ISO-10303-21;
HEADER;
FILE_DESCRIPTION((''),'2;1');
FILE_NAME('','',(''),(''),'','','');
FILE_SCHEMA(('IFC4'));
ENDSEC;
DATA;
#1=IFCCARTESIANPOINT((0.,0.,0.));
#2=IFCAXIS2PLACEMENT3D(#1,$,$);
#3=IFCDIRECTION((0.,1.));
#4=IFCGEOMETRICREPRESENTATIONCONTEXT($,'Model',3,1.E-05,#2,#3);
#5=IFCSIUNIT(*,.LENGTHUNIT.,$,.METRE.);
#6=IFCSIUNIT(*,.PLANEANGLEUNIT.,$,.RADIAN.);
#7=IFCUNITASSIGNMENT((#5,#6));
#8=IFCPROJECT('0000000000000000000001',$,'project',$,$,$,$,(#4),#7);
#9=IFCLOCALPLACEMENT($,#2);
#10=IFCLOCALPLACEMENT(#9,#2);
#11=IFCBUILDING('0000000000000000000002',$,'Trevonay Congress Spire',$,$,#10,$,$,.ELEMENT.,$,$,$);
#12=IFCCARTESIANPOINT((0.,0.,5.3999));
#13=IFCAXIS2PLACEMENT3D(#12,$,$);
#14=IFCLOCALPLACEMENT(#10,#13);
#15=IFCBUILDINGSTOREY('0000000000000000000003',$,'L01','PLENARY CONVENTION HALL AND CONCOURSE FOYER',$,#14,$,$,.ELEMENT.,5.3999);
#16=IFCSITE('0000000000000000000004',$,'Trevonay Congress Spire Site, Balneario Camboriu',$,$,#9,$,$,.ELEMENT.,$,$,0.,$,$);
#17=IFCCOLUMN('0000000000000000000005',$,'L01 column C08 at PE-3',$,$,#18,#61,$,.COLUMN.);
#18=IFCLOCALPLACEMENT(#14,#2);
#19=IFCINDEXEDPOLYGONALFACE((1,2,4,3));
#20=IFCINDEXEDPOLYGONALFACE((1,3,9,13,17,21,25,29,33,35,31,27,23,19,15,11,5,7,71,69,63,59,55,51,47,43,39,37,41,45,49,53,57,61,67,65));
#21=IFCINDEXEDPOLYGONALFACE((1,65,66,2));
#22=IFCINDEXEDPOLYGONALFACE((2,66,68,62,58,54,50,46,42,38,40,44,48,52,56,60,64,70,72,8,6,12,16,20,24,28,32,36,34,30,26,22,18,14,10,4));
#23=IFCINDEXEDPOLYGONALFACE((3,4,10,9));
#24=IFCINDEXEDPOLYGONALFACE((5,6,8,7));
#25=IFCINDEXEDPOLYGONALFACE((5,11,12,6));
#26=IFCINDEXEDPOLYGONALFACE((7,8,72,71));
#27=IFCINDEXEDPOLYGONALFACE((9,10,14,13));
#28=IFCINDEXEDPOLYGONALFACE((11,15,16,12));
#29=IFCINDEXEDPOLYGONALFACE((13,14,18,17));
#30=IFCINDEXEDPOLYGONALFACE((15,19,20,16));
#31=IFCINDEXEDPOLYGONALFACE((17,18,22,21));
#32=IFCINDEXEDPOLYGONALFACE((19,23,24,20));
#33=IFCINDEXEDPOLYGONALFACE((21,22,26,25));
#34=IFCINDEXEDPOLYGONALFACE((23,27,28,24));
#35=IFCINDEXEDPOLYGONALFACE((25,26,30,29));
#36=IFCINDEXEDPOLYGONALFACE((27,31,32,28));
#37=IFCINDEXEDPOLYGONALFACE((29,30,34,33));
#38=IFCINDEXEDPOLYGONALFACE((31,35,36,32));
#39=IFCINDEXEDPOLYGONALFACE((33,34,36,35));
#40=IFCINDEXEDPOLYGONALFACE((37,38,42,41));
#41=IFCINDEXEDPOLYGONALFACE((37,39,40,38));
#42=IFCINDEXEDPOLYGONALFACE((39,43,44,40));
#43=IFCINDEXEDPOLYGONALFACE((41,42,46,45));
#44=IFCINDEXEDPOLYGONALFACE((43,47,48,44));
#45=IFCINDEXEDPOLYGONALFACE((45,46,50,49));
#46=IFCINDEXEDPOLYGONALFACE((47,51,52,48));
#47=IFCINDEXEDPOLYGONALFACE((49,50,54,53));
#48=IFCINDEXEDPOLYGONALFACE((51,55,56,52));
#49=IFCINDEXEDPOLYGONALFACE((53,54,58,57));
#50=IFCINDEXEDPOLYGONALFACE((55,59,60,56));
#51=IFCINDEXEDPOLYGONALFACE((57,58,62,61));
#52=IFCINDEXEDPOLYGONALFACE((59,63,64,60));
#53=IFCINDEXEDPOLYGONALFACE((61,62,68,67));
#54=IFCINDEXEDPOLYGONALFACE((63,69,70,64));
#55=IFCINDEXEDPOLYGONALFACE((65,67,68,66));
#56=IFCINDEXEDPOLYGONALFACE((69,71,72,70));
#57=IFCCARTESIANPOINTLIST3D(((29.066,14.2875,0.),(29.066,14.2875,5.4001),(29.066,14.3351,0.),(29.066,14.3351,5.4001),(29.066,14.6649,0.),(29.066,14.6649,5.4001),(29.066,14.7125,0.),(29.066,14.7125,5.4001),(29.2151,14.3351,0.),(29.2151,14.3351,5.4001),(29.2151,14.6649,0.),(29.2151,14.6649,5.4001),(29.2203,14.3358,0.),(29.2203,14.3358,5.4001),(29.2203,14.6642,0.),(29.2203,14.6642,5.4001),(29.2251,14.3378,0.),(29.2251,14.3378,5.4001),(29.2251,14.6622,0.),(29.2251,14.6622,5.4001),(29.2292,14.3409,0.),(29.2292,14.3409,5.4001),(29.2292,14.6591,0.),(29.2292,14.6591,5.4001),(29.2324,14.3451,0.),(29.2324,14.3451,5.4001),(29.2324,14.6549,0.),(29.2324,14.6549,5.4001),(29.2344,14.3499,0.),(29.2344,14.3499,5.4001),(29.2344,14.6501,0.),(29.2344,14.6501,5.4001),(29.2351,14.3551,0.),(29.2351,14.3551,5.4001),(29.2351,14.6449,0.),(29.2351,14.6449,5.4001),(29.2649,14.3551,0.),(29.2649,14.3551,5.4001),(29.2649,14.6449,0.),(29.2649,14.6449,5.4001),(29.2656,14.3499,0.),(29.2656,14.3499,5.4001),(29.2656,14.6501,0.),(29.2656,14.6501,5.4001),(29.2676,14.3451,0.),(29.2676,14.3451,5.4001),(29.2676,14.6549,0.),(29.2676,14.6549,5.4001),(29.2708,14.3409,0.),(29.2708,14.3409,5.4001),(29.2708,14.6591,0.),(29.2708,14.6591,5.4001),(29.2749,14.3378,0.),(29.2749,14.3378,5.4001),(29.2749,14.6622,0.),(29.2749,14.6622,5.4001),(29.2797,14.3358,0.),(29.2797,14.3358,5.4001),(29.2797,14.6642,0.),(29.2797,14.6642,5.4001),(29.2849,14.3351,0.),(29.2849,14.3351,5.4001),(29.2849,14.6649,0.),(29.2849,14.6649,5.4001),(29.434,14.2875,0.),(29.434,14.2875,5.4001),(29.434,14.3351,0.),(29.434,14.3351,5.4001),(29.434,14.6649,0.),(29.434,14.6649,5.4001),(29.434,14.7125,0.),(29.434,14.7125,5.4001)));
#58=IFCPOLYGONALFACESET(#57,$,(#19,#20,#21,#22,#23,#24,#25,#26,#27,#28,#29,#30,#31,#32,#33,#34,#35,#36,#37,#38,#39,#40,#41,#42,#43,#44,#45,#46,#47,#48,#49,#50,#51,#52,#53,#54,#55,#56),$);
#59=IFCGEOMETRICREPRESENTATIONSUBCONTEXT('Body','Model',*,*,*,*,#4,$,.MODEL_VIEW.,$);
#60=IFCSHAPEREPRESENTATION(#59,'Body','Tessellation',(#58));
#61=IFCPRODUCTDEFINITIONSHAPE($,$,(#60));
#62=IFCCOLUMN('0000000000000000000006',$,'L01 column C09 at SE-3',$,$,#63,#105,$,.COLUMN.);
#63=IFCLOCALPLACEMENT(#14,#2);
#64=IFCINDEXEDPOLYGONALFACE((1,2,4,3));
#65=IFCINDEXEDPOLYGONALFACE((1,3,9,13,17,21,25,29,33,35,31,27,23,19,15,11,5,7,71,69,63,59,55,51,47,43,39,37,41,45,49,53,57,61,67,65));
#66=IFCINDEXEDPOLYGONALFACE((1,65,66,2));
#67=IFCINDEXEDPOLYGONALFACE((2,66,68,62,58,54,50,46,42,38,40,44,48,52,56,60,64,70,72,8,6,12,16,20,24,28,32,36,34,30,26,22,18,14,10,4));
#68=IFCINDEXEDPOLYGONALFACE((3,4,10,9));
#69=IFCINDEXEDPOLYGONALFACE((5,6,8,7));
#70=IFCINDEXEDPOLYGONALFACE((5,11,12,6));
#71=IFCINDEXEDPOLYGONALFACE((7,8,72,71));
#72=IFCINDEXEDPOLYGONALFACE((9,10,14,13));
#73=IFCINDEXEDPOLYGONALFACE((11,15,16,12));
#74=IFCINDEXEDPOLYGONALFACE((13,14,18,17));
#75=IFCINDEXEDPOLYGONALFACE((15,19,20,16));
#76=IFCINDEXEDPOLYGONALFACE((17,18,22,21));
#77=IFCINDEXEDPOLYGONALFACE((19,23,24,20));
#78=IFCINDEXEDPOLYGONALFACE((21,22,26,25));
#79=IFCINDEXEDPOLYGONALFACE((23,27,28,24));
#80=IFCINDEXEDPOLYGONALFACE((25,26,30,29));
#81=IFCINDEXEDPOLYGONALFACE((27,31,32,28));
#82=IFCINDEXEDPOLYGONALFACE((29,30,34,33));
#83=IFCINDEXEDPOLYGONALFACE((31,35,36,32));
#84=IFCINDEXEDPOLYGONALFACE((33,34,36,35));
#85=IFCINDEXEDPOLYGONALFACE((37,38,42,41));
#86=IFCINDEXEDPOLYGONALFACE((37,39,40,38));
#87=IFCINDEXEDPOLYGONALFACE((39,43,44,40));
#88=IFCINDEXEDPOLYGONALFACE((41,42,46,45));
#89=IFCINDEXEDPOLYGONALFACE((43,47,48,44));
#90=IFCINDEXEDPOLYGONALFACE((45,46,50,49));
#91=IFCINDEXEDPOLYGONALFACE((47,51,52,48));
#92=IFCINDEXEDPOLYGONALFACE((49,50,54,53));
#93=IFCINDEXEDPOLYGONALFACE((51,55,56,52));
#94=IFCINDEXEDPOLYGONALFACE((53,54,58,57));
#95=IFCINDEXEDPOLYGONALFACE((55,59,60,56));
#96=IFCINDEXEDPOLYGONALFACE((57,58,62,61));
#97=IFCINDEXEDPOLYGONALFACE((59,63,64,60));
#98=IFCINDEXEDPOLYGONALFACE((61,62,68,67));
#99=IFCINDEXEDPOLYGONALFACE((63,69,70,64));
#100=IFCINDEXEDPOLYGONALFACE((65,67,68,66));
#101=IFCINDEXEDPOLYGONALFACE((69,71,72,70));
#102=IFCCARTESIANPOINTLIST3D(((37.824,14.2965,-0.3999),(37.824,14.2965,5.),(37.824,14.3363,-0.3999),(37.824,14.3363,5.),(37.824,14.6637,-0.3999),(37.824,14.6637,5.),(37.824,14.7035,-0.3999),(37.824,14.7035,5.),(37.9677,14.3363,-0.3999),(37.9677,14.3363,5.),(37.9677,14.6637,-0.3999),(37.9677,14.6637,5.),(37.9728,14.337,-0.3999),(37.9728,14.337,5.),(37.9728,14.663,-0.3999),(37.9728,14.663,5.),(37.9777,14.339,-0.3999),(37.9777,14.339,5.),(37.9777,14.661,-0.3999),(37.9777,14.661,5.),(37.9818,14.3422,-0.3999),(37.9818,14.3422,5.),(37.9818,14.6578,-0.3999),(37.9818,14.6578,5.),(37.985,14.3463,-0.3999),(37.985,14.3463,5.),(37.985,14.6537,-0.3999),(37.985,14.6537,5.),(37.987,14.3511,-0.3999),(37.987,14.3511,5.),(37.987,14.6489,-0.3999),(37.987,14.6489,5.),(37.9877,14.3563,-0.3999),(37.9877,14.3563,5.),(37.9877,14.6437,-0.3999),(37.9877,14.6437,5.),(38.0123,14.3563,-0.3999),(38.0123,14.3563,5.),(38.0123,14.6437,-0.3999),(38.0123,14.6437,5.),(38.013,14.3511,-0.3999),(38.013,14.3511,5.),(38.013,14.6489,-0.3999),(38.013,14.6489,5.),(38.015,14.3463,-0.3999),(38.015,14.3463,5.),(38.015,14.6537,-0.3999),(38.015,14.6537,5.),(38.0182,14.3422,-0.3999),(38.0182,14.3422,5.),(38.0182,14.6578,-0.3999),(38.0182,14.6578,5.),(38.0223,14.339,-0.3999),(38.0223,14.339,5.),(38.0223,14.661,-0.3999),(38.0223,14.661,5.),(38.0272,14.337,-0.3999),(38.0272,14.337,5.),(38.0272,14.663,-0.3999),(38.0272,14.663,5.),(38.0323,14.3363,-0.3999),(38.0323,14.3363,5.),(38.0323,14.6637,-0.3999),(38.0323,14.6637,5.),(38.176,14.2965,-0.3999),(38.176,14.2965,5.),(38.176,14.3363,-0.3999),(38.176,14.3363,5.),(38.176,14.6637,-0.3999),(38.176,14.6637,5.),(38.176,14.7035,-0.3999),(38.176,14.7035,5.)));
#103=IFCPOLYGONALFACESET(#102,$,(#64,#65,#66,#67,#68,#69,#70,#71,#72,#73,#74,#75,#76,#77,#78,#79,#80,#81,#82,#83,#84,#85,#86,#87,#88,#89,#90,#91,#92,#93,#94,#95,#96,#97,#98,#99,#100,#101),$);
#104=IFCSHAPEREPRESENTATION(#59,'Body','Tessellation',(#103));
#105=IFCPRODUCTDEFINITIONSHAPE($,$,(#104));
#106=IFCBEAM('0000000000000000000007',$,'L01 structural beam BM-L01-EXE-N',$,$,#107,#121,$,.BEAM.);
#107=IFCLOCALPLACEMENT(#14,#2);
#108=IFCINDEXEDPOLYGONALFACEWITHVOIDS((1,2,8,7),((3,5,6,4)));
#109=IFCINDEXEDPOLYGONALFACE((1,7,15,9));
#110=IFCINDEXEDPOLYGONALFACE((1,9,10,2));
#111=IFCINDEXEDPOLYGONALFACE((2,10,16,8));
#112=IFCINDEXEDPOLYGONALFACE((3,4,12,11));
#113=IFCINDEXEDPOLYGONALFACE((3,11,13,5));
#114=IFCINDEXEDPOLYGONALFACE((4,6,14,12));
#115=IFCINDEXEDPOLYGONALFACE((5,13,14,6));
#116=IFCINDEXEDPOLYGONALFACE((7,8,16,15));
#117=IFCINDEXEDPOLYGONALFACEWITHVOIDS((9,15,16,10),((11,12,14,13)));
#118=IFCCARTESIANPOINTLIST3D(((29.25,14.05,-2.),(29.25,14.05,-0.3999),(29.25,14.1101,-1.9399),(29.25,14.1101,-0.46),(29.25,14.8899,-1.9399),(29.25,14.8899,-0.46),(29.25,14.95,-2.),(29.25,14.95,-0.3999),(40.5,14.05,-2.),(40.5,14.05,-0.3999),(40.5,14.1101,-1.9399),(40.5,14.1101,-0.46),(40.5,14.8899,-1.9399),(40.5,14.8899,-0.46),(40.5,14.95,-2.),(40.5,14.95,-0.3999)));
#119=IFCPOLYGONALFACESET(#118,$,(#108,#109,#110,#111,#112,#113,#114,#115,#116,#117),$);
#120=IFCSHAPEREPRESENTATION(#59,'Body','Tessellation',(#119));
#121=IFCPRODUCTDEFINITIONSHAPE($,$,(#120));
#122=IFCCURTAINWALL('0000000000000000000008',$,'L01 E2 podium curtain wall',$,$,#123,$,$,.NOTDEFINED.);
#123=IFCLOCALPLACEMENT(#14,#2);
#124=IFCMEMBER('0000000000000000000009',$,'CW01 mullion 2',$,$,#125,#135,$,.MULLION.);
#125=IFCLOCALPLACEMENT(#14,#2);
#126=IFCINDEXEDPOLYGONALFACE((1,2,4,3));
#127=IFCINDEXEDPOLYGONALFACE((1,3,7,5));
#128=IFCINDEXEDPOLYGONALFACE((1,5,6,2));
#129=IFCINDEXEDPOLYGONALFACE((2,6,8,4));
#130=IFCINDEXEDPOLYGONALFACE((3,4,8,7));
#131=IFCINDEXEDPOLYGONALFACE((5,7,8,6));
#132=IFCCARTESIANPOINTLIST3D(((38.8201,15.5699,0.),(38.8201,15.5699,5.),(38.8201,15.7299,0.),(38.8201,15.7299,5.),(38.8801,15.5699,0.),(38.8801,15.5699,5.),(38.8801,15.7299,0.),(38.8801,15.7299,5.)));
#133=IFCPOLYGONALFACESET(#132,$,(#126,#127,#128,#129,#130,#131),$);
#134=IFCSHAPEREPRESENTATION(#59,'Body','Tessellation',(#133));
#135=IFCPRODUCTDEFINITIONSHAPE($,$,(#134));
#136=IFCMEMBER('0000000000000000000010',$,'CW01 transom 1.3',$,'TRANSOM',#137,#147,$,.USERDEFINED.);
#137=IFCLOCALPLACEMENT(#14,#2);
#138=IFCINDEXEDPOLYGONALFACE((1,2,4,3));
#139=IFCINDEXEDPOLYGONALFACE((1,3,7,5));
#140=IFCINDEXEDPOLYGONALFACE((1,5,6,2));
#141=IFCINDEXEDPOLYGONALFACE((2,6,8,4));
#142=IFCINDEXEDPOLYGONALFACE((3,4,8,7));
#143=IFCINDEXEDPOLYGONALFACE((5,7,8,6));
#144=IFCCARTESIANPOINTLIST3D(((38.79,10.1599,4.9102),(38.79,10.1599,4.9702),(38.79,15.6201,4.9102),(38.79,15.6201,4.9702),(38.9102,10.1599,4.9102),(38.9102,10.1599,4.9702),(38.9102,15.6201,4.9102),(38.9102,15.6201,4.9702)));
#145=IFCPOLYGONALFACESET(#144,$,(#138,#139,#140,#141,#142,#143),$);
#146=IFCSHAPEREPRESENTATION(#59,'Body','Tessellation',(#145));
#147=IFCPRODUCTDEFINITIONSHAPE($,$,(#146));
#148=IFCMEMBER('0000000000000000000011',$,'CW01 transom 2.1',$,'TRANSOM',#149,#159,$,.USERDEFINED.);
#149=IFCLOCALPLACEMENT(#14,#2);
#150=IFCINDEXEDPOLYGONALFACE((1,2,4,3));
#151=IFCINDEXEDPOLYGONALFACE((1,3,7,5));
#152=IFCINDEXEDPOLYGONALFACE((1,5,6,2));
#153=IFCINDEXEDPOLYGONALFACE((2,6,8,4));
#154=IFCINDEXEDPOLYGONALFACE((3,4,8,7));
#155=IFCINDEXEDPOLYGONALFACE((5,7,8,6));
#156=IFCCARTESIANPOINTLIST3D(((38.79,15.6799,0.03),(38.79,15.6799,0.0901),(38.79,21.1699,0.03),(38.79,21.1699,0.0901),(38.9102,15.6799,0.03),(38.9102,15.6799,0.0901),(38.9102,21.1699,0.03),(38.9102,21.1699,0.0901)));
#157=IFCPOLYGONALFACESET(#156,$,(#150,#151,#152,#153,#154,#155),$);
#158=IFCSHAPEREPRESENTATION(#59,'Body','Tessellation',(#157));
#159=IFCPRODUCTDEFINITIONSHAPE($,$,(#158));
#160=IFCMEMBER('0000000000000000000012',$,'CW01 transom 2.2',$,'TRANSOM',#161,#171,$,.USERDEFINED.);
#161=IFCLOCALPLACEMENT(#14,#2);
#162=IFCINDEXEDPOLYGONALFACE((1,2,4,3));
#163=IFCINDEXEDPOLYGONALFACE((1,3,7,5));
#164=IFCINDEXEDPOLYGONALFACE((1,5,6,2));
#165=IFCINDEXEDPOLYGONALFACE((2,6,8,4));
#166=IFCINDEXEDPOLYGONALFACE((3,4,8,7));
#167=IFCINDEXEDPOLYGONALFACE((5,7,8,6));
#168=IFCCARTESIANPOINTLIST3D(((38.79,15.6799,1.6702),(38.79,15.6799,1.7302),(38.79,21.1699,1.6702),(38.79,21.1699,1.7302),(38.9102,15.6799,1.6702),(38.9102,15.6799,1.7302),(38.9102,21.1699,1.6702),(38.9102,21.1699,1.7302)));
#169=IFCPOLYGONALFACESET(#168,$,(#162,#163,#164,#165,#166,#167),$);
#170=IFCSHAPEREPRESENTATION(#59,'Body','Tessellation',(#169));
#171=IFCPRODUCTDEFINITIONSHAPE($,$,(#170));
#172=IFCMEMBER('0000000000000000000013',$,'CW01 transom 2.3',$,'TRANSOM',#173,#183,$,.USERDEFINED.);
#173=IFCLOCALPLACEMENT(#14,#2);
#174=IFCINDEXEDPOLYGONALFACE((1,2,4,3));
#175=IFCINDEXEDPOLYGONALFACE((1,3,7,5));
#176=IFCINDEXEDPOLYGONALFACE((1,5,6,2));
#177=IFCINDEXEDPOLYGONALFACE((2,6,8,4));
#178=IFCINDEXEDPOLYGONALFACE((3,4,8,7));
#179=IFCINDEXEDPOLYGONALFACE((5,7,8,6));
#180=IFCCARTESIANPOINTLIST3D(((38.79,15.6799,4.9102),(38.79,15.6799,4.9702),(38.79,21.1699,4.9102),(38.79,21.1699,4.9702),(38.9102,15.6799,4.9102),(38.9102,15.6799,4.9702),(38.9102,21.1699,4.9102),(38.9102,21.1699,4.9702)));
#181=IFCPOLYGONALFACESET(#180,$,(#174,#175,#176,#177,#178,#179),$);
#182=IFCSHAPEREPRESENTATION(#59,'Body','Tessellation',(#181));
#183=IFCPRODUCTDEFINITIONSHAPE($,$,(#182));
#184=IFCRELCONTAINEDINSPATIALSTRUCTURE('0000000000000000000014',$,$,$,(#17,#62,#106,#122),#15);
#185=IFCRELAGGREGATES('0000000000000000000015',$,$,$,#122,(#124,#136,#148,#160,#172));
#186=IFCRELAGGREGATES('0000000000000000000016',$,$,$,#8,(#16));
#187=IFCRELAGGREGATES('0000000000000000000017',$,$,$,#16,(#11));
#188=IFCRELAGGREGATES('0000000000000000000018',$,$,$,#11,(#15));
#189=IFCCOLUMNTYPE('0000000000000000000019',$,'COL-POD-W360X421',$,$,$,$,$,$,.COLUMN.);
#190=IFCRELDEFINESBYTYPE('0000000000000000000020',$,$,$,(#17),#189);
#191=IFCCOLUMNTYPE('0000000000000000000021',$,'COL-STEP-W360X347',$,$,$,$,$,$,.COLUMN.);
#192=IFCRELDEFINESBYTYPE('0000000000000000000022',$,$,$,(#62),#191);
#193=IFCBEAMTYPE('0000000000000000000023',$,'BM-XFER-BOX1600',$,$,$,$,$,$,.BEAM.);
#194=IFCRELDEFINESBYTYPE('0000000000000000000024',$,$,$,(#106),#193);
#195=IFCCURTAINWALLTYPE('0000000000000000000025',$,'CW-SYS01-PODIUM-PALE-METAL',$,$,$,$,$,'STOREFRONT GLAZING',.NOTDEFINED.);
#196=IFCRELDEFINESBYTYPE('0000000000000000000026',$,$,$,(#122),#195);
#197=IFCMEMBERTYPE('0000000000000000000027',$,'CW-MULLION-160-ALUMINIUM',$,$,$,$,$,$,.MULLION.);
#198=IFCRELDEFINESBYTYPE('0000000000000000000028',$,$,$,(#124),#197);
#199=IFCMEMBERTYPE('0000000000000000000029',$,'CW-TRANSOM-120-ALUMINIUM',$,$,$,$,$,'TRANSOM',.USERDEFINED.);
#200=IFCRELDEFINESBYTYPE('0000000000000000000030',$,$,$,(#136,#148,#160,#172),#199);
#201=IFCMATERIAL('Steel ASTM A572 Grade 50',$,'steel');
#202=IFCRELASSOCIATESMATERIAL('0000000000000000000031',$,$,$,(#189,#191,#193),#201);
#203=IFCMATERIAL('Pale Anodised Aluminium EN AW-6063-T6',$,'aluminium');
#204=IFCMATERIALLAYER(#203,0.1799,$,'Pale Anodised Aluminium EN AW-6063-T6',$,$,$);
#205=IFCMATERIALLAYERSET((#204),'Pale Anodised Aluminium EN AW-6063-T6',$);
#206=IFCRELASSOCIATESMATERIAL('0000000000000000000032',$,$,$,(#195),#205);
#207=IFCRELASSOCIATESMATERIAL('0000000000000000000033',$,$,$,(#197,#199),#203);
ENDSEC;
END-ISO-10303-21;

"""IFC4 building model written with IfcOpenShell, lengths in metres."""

from ifc_helpers import new_model, si_unit, direction, frame, origin, origin_2d, place, context, subcontext, project, spatial, rectangle, hollow_rectangle, i_section, extrude, material, layer, layer_set, material_profile, profile_set, type_object, element, aggregate, save


model = new_model("IFC4")

# Units and contexts
model_context = context("Model", 3, precision=1e-05, world=origin(), true_north=direction((0.0, 1.0)))
body_context = subcontext(model_context, "Body", "Model", "MODEL_VIEW")
ifc_project = project(units=[si_unit("LENGTHUNIT", "METRE"), si_unit("PLANEANGLEUNIT", "RADIAN")], contexts=[model_context])

# Site, building, storey
site_placement = place(None, origin())
site = spatial("IfcSite", under=ifc_project, at=site_placement, Name="Trevonay Congress Spire Site, Balneario Camboriu", CompositionType="ELEMENT", RefElevation=0.0)
building_placement = place(site_placement, origin())
building = spatial("IfcBuilding", under=site, at=building_placement, Name="Trevonay Congress Spire", CompositionType="ELEMENT")
storey_placement = place(building_placement, frame((0.0, 0.0, 5.3999)))
storey = spatial("IfcBuildingStorey", under=building, at=storey_placement, Name="L01", Description="PLENARY CONVENTION HALL AND CONCOURSE FOYER", CompositionType="ELEMENT", Elevation=5.3999)

# Columns
ifc_material_1 = material(Name="Steel ASTM A572 Grade 50", Category="steel")
ifc_material_profile_1 = material_profile(ifc_material_1, i_section(OverallWidth=0.3679, OverallDepth=0.425, WebThickness=0.0298, FlangeThickness=0.0476, FilletRadius=0.02, at=origin_2d()), Name="W360x421")
ifc_profile_set_1 = profile_set([ifc_material_profile_1], Name="Steel ASTM A572 Grade 50")
column_type_1 = type_object("IfcColumnType", Name="COL-POD-W360X421", PredefinedType="COLUMN", material=ifc_profile_set_1)
column_1_placement = place(storey_placement, frame((29.25, 14.5, 0.0), z_axis=(0.0, 0.0, 1.0), x_axis=(1.0, 0.0, 0.0)))
element("IfcColumn", 1, at=column_1_placement, inside=storey, type_object=column_type_1, Name="L01 column C08 at PE-3", PredefinedType="COLUMN", context=body_context, shape_type="SweptSolid", body=[
    extrude(i_section(OverallWidth=0.3679, OverallDepth=0.425, WebThickness=0.0298, FlangeThickness=0.0476, FilletRadius=0.02, at=origin_2d()), origin(), (0.0, 0.0, 1.0), 5.4001),
])
ifc_material_profile_2 = material_profile(ifc_material_1, i_section(OverallWidth=0.3521, OverallDepth=0.407, WebThickness=0.0247, FlangeThickness=0.0398, FilletRadius=0.02, at=origin_2d()), Name="W360x347")
ifc_profile_set_2 = profile_set([ifc_material_profile_2], Name="Steel ASTM A572 Grade 50")
column_type_2 = type_object("IfcColumnType", Name="COL-STEP-W360X347", PredefinedType="COLUMN", material=ifc_profile_set_2)
column_2_placement = place(storey_placement, frame((38.0, 14.5, -0.3999), z_axis=(0.0, 0.0, 1.0), x_axis=(1.0, 0.0, 0.0)))
element("IfcColumn", 2, at=column_2_placement, inside=storey, type_object=column_type_2, Name="L01 column C09 at SE-3", PredefinedType="COLUMN", context=body_context, shape_type="SweptSolid", body=[
    extrude(i_section(OverallWidth=0.3521, OverallDepth=0.407, WebThickness=0.0247, FlangeThickness=0.0398, FilletRadius=0.02, at=origin_2d()), origin(), (0.0, 0.0, 1.0), 5.3999),
])

# Beam
ifc_material_profile_3 = material_profile(ifc_material_1, hollow_rectangle(XDim=0.8999, YDim=1.6001, WallThickness=0.0601, at=origin_2d()), Name="BOX 1600x900x60")
ifc_profile_set_3 = profile_set([ifc_material_profile_3], Name="Steel ASTM A572 Grade 50")
beam_type = type_object("IfcBeamType", Name="BM-XFER-BOX1600", PredefinedType="BEAM", material=ifc_profile_set_3)
beam_placement = place(storey_placement, frame((29.25, 14.5, -1.2), z_axis=(1.0, 0.0, 0.0), x_axis=(0.0, 1.0, 0.0)))
element("IfcBeam", 3, at=beam_placement, inside=storey, type_object=beam_type, Name="L01 structural beam BM-L01-EXE-N", PredefinedType="BEAM", context=body_context, shape_type="SweptSolid", body=[
    extrude(hollow_rectangle(XDim=0.8999, YDim=1.6001, WallThickness=0.0601, at=origin_2d()), origin(), (0.0, 0.0, 1.0), 11.25),
])

# Curtain wall, members
ifc_material_2 = material(Name="Pale Anodised Aluminium EN AW-6063-T6", Category="aluminium")
ifc_layer_1 = layer(ifc_material_2, 0.1799, Name="Pale Anodised Aluminium EN AW-6063-T6")
ifc_layer_set_1 = layer_set([ifc_layer_1], Name="Pale Anodised Aluminium EN AW-6063-T6")
curtain_wall_type = type_object("IfcCurtainWallType", Name="CW-SYS01-PODIUM-PALE-METAL", ElementType="STOREFRONT GLAZING", PredefinedType="NOTDEFINED", material=ifc_layer_set_1)
curtain_wall_placement = place(storey_placement, origin())
curtain_wall = element("IfcCurtainWall", 4, at=curtain_wall_placement, inside=storey, type_object=curtain_wall_type, Name="L01 E2 podium curtain wall", PredefinedType="NOTDEFINED")
ifc_material_profile_4 = material_profile(ifc_material_2, rectangle(XDim=0.0601, YDim=0.1599, at=origin_2d()), Name="CW-MULLION-160-ALUMINIUM")
ifc_profile_set_4 = profile_set([ifc_material_profile_4], Name="Pale Anodised Aluminium EN AW-6063-T6")
member_type_1 = type_object("IfcMemberType", Name="CW-MULLION-160-ALUMINIUM", PredefinedType="MULLION", material=ifc_profile_set_4)
member_1_placement = place(storey_placement, frame((38.8501, 15.6499, 0.0), z_axis=(0.0, 0.0, 1.0), x_axis=(-1.0, 0.0, 0.0)))
member_1 = element("IfcMember", 5, at=member_1_placement, type_object=member_type_1, Name="CW01 mullion 2", PredefinedType="MULLION", context=body_context, shape_type="SweptSolid", body=[
    extrude(rectangle(XDim=0.0601, YDim=0.1599, at=origin_2d()), origin(), (0.0, 0.0, 1.0), 5.0),
])
ifc_material_profile_5 = material_profile(ifc_material_2, rectangle(XDim=0.1201, YDim=0.0601, at=origin_2d()), Name="CW-TRANSOM-120-ALUMINIUM")
ifc_profile_set_5 = profile_set([ifc_material_profile_5], Name="Pale Anodised Aluminium EN AW-6063-T6")
member_type_2 = type_object("IfcMemberType", Name="CW-TRANSOM-120-ALUMINIUM", ElementType="TRANSOM", PredefinedType="USERDEFINED", material=ifc_profile_set_5)
member_2_placement = place(storey_placement, frame((38.8501, 10.1599, 4.9402), z_axis=(0.0, 1.0, 0.0), x_axis=(-1.0, 0.0, 0.0)))
member_2 = element("IfcMember", 6, at=member_2_placement, type_object=member_type_2, Name="CW01 transom 1.3", ObjectType="TRANSOM", PredefinedType="USERDEFINED", context=body_context, shape_type="SweptSolid", body=[
    extrude(rectangle(XDim=0.1201, YDim=0.0601, at=origin_2d()), origin(), (0.0, 0.0, 1.0), 5.4602),
])
member_3_placement = place(storey_placement, frame((38.8501, 15.6799, 0.0601), z_axis=(0.0, 1.0, 0.0), x_axis=(-1.0, 0.0, 0.0)))
member_3 = element("IfcMember", 7, at=member_3_placement, type_object=member_type_2, Name="CW01 transom 2.1", ObjectType="TRANSOM", PredefinedType="USERDEFINED", context=body_context, shape_type="SweptSolid", body=[
    extrude(rectangle(XDim=0.1201, YDim=0.0601, at=origin_2d()), origin(), (0.0, 0.0, 1.0), 5.49),
])
member_4_placement = place(storey_placement, frame((38.8501, 15.6799, 1.7002), z_axis=(0.0, 1.0, 0.0), x_axis=(-1.0, 0.0, 0.0)))
member_4 = element("IfcMember", 8, at=member_4_placement, type_object=member_type_2, Name="CW01 transom 2.2", ObjectType="TRANSOM", PredefinedType="USERDEFINED", context=body_context, shape_type="SweptSolid", body=[
    extrude(rectangle(XDim=0.1201, YDim=0.0601, at=origin_2d()), origin(), (0.0, 0.0, 1.0), 5.49),
])
member_5_placement = place(storey_placement, frame((38.8501, 15.6799, 4.9402), z_axis=(0.0, 1.0, 0.0), x_axis=(-1.0, 0.0, 0.0)))
member_5 = element("IfcMember", 9, at=member_5_placement, type_object=member_type_2, Name="CW01 transom 2.3", ObjectType="TRANSOM", PredefinedType="USERDEFINED", context=body_context, shape_type="SweptSolid", body=[
    extrude(rectangle(XDim=0.1201, YDim=0.0601, at=origin_2d()), origin(), (0.0, 0.0, 1.0), 5.49),
])
aggregate(curtain_wall, [member_1, member_2, member_3, member_4, member_5])

save(model, "model.ifc")
